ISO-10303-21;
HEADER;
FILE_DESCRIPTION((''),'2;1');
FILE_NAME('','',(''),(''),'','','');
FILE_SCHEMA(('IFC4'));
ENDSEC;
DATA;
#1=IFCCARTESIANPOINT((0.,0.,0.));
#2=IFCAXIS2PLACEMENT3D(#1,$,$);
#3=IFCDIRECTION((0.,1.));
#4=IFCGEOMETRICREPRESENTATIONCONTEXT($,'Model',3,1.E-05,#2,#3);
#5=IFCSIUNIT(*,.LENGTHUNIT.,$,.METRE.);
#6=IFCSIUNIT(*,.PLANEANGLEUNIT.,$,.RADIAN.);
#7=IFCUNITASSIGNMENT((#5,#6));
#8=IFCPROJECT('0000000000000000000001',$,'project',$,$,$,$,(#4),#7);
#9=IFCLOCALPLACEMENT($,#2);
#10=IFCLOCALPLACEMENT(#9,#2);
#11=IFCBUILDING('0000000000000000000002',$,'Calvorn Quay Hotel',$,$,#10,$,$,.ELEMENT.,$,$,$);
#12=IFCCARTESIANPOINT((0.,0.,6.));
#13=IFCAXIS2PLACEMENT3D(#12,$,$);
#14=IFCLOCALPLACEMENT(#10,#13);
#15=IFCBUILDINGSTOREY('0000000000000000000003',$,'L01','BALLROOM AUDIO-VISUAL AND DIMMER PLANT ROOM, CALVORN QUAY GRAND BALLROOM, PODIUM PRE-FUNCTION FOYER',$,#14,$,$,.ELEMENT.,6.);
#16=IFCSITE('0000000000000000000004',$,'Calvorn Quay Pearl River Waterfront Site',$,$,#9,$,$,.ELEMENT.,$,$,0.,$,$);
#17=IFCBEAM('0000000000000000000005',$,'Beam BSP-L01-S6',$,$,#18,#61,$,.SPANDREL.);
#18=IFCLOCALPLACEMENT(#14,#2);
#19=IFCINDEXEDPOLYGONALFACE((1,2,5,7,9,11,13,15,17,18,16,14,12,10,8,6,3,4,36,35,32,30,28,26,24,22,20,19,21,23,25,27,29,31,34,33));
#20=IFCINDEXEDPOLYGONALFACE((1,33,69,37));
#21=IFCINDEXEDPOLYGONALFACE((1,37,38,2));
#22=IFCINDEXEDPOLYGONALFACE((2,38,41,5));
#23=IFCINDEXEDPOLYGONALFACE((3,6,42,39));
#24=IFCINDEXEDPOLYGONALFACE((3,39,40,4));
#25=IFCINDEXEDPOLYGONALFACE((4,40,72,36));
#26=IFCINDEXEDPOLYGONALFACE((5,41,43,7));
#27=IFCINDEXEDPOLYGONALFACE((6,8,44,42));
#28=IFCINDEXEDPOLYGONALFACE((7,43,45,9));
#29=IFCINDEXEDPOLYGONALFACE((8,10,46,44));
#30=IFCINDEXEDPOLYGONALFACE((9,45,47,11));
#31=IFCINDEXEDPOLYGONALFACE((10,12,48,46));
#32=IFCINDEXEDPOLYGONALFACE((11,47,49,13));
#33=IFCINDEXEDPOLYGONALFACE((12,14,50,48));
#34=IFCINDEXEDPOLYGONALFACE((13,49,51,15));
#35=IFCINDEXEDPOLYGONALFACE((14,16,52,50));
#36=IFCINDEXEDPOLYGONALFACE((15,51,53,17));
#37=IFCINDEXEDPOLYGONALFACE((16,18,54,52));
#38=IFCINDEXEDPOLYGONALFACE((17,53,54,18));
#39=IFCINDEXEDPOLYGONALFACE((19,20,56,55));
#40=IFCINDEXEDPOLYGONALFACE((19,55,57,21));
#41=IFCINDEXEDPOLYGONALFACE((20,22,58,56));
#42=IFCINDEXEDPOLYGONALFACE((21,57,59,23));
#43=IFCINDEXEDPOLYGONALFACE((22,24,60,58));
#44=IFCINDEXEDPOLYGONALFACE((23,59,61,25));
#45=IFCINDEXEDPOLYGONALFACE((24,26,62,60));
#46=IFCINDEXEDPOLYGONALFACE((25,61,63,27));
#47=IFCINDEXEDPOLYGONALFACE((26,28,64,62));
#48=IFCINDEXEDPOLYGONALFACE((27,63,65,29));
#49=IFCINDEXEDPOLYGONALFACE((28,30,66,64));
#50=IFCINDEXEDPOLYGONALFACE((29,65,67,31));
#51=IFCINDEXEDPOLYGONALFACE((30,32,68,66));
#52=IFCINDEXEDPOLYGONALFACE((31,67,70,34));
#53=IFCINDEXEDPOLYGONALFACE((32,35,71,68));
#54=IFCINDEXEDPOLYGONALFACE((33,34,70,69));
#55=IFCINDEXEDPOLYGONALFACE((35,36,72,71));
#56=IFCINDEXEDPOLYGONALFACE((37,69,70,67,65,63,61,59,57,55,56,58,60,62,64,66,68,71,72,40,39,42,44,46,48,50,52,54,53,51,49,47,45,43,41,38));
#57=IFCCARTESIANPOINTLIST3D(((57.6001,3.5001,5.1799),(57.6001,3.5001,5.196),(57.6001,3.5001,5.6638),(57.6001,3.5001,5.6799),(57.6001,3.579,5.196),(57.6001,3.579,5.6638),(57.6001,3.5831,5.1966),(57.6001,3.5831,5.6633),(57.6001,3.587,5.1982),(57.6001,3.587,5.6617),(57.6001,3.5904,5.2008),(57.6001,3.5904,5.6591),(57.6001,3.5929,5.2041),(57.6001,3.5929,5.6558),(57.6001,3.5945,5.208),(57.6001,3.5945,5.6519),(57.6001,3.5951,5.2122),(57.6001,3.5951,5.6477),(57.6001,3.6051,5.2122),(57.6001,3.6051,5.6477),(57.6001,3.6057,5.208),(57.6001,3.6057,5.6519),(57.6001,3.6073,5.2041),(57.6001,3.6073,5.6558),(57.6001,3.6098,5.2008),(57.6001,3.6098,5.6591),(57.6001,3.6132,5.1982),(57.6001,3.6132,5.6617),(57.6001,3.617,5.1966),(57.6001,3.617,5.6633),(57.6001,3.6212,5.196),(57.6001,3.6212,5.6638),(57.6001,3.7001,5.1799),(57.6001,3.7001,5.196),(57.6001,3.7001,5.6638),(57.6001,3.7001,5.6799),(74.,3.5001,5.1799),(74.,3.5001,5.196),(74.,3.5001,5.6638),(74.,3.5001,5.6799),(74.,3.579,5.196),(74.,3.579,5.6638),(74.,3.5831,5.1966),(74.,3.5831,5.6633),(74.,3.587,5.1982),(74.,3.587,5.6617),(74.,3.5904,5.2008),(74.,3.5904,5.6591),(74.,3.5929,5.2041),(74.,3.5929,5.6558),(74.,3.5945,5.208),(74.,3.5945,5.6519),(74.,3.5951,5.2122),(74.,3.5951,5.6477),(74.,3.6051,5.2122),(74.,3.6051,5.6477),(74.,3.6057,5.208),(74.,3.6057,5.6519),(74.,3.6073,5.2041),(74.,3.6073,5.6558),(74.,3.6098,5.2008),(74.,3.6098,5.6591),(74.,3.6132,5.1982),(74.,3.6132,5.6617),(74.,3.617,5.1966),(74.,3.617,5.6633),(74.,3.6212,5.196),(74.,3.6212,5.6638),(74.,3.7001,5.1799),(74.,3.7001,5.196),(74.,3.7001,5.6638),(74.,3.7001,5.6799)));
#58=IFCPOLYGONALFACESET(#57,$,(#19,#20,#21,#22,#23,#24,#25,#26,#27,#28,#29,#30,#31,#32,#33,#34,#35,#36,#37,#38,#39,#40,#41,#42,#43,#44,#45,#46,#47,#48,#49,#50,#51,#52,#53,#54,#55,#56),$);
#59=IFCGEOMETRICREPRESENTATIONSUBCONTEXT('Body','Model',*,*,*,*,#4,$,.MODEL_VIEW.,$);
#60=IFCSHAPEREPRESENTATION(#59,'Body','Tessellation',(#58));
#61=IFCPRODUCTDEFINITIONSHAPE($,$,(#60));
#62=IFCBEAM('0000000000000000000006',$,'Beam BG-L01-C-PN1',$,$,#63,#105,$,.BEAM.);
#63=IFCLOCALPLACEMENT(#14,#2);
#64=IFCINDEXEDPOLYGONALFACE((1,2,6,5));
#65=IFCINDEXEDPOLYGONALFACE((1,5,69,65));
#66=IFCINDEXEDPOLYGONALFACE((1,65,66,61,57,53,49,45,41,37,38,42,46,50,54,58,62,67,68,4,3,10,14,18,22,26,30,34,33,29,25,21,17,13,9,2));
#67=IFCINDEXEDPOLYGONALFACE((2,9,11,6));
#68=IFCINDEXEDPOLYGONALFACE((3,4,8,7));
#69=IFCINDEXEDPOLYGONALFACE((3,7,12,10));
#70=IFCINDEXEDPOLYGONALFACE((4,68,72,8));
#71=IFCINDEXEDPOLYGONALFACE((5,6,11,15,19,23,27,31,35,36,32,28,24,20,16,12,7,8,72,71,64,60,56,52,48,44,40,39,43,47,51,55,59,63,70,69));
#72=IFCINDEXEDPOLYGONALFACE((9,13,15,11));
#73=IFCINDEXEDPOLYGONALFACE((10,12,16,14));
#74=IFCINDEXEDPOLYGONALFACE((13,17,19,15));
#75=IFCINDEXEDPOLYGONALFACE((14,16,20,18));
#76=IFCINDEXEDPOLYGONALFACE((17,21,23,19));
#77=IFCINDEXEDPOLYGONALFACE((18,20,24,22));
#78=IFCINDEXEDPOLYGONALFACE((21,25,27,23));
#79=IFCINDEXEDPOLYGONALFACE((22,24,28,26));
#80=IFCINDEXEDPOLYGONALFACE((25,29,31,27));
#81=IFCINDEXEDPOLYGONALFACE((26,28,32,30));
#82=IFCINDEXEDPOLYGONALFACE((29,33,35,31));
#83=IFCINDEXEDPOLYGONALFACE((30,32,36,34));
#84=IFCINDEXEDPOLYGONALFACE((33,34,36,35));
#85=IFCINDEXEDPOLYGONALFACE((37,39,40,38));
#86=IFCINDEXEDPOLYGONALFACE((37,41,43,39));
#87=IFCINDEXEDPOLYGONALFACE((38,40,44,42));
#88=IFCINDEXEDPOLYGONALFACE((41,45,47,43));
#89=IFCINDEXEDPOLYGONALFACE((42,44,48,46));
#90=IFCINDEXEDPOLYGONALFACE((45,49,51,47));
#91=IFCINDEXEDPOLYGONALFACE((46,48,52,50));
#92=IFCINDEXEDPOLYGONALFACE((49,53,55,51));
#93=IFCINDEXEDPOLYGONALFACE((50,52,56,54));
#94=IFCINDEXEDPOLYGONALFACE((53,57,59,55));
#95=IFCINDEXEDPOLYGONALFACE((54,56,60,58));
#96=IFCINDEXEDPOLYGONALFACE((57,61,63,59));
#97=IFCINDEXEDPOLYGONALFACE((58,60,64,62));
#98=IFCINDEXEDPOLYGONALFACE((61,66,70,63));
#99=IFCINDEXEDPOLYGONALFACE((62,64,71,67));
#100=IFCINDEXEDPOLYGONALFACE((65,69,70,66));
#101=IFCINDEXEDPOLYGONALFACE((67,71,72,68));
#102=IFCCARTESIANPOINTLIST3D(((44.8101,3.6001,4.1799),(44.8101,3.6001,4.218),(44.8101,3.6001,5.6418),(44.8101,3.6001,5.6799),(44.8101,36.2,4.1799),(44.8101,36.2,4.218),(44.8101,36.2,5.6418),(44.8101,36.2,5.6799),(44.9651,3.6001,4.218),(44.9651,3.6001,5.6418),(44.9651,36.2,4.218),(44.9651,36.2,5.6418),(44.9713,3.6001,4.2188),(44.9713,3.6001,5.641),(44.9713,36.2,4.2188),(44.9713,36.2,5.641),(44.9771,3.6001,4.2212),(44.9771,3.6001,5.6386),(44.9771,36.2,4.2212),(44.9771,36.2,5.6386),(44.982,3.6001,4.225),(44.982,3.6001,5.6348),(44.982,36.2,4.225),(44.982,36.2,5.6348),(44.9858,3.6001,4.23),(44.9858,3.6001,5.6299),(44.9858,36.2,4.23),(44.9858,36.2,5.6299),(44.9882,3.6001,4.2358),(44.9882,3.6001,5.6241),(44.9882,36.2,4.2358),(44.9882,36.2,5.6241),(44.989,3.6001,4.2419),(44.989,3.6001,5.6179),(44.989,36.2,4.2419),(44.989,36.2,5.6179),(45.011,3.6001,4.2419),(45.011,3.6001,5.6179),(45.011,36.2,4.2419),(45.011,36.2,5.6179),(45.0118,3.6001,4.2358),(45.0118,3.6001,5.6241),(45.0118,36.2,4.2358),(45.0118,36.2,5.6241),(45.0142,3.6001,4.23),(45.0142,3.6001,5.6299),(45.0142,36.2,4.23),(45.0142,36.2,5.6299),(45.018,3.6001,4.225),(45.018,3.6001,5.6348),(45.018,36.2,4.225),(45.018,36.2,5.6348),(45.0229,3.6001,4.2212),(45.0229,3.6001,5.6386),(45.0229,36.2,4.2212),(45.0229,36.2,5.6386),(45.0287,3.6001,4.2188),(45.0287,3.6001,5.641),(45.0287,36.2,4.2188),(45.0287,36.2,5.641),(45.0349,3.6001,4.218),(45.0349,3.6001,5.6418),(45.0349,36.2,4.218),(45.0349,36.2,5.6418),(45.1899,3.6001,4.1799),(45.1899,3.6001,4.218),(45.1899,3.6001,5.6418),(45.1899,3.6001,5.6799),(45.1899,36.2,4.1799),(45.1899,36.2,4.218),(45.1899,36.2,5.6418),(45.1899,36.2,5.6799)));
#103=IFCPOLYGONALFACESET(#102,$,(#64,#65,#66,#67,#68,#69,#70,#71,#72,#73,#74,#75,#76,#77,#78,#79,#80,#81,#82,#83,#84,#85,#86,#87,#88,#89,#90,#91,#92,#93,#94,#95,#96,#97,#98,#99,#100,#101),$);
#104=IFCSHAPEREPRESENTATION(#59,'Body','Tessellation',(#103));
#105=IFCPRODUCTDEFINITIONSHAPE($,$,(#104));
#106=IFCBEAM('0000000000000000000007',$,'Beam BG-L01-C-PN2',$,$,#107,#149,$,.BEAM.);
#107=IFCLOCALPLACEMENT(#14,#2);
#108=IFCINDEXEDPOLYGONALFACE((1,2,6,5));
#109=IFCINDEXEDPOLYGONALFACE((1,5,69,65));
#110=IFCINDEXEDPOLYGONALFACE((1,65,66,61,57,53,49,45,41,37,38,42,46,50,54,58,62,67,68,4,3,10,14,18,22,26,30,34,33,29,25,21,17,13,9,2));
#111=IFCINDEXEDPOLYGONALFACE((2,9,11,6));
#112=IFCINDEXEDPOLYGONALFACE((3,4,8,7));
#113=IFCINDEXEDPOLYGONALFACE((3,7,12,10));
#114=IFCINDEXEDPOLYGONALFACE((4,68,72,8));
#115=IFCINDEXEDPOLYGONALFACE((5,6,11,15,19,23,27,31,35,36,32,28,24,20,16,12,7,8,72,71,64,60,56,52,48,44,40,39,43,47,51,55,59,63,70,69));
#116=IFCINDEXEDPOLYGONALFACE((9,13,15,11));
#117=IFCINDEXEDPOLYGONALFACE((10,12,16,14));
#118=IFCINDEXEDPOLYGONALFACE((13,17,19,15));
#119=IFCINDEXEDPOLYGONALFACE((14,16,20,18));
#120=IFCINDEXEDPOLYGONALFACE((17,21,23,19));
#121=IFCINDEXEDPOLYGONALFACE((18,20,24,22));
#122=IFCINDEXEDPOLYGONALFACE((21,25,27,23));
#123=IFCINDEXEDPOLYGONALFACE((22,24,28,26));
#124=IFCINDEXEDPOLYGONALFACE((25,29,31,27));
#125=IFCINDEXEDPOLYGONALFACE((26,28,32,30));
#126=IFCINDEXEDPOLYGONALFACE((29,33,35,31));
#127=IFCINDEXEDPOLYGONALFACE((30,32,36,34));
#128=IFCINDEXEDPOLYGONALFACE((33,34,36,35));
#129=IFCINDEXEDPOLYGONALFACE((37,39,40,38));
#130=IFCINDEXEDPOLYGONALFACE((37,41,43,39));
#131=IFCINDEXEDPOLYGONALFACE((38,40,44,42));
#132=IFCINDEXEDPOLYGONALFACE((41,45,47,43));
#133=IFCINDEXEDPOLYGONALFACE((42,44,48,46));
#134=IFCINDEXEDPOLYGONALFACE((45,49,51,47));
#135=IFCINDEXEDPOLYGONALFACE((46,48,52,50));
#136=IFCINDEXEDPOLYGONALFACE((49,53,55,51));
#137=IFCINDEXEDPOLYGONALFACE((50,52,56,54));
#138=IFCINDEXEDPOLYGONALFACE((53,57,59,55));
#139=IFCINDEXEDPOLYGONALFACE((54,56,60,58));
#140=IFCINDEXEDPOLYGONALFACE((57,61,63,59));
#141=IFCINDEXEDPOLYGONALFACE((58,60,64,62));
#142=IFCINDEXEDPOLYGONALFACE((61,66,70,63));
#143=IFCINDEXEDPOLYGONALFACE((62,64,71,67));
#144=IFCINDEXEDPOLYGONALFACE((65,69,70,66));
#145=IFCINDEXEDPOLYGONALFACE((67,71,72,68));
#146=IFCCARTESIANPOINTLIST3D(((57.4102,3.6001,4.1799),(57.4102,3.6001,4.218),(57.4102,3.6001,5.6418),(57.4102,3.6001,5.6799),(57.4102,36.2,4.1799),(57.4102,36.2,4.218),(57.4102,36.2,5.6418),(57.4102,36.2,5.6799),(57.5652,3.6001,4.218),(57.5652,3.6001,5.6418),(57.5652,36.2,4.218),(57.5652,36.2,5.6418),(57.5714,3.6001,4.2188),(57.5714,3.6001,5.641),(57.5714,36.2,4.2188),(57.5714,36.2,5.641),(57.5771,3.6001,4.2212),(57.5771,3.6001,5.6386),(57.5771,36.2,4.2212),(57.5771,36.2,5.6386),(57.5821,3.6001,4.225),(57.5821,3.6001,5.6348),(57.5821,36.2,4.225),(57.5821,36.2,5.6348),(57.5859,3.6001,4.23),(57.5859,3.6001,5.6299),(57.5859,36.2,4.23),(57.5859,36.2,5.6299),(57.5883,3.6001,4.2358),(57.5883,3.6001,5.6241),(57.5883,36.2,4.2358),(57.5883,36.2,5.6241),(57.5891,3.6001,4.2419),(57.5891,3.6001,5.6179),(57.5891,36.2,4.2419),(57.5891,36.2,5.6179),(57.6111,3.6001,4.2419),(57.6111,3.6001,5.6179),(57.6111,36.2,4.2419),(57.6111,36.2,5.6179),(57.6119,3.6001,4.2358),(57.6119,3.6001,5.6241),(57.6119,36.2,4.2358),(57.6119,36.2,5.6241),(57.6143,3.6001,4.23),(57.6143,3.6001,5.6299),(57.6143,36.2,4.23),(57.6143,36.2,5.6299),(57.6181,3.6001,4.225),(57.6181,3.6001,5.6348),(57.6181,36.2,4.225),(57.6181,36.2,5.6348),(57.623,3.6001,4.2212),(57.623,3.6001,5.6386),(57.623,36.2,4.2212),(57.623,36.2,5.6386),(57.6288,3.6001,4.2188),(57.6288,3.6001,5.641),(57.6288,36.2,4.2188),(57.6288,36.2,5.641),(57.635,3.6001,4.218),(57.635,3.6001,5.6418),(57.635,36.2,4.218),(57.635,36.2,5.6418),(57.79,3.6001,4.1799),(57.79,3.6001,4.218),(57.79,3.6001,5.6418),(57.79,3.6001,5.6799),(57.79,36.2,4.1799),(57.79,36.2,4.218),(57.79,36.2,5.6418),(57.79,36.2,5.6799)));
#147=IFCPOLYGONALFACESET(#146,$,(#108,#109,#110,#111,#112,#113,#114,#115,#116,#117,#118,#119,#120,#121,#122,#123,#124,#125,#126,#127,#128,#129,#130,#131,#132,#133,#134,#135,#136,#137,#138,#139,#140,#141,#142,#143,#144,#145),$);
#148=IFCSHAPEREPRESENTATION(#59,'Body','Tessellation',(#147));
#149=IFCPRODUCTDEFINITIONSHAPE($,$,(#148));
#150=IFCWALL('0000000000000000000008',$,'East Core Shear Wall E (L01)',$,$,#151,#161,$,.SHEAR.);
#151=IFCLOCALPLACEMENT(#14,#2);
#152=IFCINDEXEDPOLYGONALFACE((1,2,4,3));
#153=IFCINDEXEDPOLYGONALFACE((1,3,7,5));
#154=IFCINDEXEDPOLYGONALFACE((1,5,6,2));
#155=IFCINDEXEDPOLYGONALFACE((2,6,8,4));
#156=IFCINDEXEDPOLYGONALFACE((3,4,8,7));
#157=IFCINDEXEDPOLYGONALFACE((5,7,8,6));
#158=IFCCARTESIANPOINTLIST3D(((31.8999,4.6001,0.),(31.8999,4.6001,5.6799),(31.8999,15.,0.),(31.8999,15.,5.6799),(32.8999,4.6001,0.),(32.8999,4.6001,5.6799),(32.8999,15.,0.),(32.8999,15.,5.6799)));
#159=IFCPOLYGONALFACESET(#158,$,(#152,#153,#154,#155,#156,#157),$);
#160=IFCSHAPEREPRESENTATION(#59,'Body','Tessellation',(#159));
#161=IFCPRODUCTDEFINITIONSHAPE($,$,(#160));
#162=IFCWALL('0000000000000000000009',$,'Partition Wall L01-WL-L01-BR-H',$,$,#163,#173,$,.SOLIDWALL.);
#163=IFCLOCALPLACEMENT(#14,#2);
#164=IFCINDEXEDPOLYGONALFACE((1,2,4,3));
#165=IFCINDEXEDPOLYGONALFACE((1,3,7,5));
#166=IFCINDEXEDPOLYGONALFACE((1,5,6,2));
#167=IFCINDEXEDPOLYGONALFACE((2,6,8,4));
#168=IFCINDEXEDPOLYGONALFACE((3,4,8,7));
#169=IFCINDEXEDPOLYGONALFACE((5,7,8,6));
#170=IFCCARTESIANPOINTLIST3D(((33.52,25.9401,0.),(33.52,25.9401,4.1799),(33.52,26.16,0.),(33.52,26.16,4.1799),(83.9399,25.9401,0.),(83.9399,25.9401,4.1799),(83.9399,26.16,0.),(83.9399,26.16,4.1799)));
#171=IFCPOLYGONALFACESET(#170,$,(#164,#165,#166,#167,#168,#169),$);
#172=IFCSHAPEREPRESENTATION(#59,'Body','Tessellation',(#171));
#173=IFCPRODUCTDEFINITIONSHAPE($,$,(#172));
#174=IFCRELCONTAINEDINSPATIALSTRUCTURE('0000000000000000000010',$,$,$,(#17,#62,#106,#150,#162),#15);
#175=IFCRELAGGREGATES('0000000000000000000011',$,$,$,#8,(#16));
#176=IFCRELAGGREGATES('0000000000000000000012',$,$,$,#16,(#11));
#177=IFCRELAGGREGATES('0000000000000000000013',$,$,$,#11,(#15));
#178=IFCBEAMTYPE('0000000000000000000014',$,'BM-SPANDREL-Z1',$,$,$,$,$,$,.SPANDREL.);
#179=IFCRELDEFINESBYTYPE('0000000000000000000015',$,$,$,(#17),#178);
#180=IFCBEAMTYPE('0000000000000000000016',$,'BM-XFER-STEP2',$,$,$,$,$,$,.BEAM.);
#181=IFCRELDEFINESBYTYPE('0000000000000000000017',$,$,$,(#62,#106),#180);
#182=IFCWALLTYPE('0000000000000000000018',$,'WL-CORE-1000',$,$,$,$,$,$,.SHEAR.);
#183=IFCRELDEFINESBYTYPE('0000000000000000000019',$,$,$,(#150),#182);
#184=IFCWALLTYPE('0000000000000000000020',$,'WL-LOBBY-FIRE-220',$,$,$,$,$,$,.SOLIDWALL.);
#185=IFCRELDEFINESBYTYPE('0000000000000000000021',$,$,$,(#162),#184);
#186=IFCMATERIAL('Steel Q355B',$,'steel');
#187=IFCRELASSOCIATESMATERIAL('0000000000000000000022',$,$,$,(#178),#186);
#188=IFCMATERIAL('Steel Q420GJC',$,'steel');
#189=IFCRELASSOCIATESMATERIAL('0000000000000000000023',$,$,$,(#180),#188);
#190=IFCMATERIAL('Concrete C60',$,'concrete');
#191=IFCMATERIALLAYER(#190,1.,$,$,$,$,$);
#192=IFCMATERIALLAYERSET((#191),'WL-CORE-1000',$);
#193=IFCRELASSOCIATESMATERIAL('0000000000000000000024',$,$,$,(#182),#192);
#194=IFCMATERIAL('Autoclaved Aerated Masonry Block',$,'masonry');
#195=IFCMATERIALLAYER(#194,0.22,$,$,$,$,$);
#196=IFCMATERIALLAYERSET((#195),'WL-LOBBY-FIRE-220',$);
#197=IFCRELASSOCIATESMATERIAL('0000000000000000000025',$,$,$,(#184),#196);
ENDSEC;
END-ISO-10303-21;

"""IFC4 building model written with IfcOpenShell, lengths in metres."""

from ifc_helpers import new_model, si_unit, direction, frame, frame_2d, origin, origin_2d, place, context, subcontext, project, spatial, rectangle, i_section, extrude, material, layer, layer_set, material_profile, profile_set, type_object, element, save


model = new_model("IFC4")

# Units and contexts
model_context = context("Model", 3, precision=1e-05, world=origin(), true_north=direction((0.0, 1.0)))
body_context = subcontext(model_context, "Body", "Model", "MODEL_VIEW")
ifc_project = project(units=[si_unit("LENGTHUNIT", "METRE"), si_unit("PLANEANGLEUNIT", "RADIAN")], contexts=[model_context])

# Site, building, storey
site_placement = place(None, origin())
site = spatial("IfcSite", under=ifc_project, at=site_placement, Name="Calvorn Quay Pearl River Waterfront Site", CompositionType="ELEMENT", RefElevation=0.0)
building_placement = place(site_placement, origin())
building = spatial("IfcBuilding", under=site, at=building_placement, Name="Calvorn Quay Hotel", CompositionType="ELEMENT")
storey_placement = place(building_placement, frame((0.0, 0.0, 6.0)))
storey = spatial("IfcBuildingStorey", under=building, at=storey_placement, Name="L01", Description="BALLROOM AUDIO-VISUAL AND DIMMER PLANT ROOM, CALVORN QUAY GRAND BALLROOM, PODIUM PRE-FUNCTION FOYER", CompositionType="ELEMENT", Elevation=6.0)

# Beams
ifc_material_1 = material(Name="Steel Q355B", Category="steel")
ifc_material_profile_1 = material_profile(ifc_material_1, i_section(OverallWidth=0.2, OverallDepth=0.5, WebThickness=0.01, FlangeThickness=0.0161, FilletRadius=0.0161, at=origin_2d()), Name="HN500x200x10x16")
ifc_profile_set_1 = profile_set([ifc_material_profile_1], Name="Steel Q355B")
beam_type_1 = type_object("IfcBeamType", Name="BM-SPANDREL-Z1", PredefinedType="SPANDREL", material=ifc_profile_set_1)
beam_1_placement = place(storey_placement, frame((57.6001, 3.6001, 5.4299), z_axis=(1.0, 0.0, 0.0), x_axis=(0.0, 1.0, 0.0)))
element("IfcBeam", 1, at=beam_1_placement, inside=storey, type_object=beam_type_1, Name="Beam BSP-L01-S6", PredefinedType="SPANDREL", context=body_context, shape_type="SweptSolid", body=[
    extrude(i_section(OverallWidth=0.2, OverallDepth=0.5, WebThickness=0.01, FlangeThickness=0.0161, FilletRadius=0.0161, at=origin_2d()), origin(), (0.0, 0.0, 1.0), 16.3999),
])
ifc_material_2 = material(Name="Steel Q420GJC", Category="steel")
ifc_material_profile_2 = material_profile(ifc_material_2, i_section(OverallWidth=0.3799, OverallDepth=1.5, WebThickness=0.022, FlangeThickness=0.0381, FilletRadius=0.0239, at=origin_2d()), Name="HN1500x380x22x38")
ifc_profile_set_2 = profile_set([ifc_material_profile_2], Name="Steel Q420GJC")
beam_type_2 = type_object("IfcBeamType", Name="BM-XFER-STEP2", PredefinedType="BEAM", material=ifc_profile_set_2)
for number, where, z_axis, x_axis, name in (
    (2, (45.0, 3.6001, 4.9299), (0.0, 1.0, 0.0), (-1.0, 0.0, 0.0), "Beam BG-L01-C-PN1"),
    (3, (57.6001, 3.6001, 4.9299), (0.0, 1.0, 0.0), (-1.0, 0.0, 0.0), "Beam BG-L01-C-PN2"),
):
    element("IfcBeam", number, at=place(storey_placement, frame(where, z_axis=z_axis, x_axis=x_axis)), inside=storey, type_object=beam_type_2, Name=name, PredefinedType="BEAM", context=body_context, shape_type="SweptSolid", body=[
        extrude(i_section(OverallWidth=0.3799, OverallDepth=1.5, WebThickness=0.022, FlangeThickness=0.0381, FilletRadius=0.0239, at=origin_2d()), origin(), (0.0, 0.0, 1.0), 32.5999),
    ])

# Walls
ifc_material_3 = material(Name="Concrete C60", Category="concrete")
ifc_layer_1 = layer(ifc_material_3, 1.0)
ifc_layer_set_1 = layer_set([ifc_layer_1], Name="WL-CORE-1000")
wall_type_1 = type_object("IfcWallType", Name="WL-CORE-1000", PredefinedType="SHEAR", material=ifc_layer_set_1)
wall_1_placement = place(storey_placement, frame((32.3999, 4.6001, 0.0), z_axis=(0.0, 0.0, 1.0), x_axis=(0.0, 1.0, 0.0)))
element("IfcWall", 4, at=wall_1_placement, inside=storey, type_object=wall_type_1, Name="East Core Shear Wall E (L01)", PredefinedType="SHEAR", context=body_context, shape_type="SweptSolid", body=[
    extrude(rectangle(XDim=10.3999, YDim=1.0, at=frame_2d((5.2, 0.0))), origin(), (0.0, 0.0, 1.0), 5.6799),
])
ifc_material_4 = material(Name="Autoclaved Aerated Masonry Block", Category="masonry")
ifc_layer_2 = layer(ifc_material_4, 0.22)
ifc_layer_set_2 = layer_set([ifc_layer_2], Name="WL-LOBBY-FIRE-220")
wall_type_2 = type_object("IfcWallType", Name="WL-LOBBY-FIRE-220", PredefinedType="SOLIDWALL", material=ifc_layer_set_2)
wall_2_placement = place(storey_placement, frame((33.52, 26.05, 0.0), z_axis=(0.0, 0.0, 1.0), x_axis=(1.0, 0.0, 0.0)))
element("IfcWall", 5, at=wall_2_placement, inside=storey, type_object=wall_type_2, Name="Partition Wall L01-WL-L01-BR-H", PredefinedType="SOLIDWALL", context=body_context, shape_type="SweptSolid", body=[
    extrude(rectangle(XDim=50.4199, YDim=0.22, at=frame_2d((25.21, 0.0))), origin(), (0.0, 0.0, 1.0), 4.1799),
])

save(model, "model.ifc")
